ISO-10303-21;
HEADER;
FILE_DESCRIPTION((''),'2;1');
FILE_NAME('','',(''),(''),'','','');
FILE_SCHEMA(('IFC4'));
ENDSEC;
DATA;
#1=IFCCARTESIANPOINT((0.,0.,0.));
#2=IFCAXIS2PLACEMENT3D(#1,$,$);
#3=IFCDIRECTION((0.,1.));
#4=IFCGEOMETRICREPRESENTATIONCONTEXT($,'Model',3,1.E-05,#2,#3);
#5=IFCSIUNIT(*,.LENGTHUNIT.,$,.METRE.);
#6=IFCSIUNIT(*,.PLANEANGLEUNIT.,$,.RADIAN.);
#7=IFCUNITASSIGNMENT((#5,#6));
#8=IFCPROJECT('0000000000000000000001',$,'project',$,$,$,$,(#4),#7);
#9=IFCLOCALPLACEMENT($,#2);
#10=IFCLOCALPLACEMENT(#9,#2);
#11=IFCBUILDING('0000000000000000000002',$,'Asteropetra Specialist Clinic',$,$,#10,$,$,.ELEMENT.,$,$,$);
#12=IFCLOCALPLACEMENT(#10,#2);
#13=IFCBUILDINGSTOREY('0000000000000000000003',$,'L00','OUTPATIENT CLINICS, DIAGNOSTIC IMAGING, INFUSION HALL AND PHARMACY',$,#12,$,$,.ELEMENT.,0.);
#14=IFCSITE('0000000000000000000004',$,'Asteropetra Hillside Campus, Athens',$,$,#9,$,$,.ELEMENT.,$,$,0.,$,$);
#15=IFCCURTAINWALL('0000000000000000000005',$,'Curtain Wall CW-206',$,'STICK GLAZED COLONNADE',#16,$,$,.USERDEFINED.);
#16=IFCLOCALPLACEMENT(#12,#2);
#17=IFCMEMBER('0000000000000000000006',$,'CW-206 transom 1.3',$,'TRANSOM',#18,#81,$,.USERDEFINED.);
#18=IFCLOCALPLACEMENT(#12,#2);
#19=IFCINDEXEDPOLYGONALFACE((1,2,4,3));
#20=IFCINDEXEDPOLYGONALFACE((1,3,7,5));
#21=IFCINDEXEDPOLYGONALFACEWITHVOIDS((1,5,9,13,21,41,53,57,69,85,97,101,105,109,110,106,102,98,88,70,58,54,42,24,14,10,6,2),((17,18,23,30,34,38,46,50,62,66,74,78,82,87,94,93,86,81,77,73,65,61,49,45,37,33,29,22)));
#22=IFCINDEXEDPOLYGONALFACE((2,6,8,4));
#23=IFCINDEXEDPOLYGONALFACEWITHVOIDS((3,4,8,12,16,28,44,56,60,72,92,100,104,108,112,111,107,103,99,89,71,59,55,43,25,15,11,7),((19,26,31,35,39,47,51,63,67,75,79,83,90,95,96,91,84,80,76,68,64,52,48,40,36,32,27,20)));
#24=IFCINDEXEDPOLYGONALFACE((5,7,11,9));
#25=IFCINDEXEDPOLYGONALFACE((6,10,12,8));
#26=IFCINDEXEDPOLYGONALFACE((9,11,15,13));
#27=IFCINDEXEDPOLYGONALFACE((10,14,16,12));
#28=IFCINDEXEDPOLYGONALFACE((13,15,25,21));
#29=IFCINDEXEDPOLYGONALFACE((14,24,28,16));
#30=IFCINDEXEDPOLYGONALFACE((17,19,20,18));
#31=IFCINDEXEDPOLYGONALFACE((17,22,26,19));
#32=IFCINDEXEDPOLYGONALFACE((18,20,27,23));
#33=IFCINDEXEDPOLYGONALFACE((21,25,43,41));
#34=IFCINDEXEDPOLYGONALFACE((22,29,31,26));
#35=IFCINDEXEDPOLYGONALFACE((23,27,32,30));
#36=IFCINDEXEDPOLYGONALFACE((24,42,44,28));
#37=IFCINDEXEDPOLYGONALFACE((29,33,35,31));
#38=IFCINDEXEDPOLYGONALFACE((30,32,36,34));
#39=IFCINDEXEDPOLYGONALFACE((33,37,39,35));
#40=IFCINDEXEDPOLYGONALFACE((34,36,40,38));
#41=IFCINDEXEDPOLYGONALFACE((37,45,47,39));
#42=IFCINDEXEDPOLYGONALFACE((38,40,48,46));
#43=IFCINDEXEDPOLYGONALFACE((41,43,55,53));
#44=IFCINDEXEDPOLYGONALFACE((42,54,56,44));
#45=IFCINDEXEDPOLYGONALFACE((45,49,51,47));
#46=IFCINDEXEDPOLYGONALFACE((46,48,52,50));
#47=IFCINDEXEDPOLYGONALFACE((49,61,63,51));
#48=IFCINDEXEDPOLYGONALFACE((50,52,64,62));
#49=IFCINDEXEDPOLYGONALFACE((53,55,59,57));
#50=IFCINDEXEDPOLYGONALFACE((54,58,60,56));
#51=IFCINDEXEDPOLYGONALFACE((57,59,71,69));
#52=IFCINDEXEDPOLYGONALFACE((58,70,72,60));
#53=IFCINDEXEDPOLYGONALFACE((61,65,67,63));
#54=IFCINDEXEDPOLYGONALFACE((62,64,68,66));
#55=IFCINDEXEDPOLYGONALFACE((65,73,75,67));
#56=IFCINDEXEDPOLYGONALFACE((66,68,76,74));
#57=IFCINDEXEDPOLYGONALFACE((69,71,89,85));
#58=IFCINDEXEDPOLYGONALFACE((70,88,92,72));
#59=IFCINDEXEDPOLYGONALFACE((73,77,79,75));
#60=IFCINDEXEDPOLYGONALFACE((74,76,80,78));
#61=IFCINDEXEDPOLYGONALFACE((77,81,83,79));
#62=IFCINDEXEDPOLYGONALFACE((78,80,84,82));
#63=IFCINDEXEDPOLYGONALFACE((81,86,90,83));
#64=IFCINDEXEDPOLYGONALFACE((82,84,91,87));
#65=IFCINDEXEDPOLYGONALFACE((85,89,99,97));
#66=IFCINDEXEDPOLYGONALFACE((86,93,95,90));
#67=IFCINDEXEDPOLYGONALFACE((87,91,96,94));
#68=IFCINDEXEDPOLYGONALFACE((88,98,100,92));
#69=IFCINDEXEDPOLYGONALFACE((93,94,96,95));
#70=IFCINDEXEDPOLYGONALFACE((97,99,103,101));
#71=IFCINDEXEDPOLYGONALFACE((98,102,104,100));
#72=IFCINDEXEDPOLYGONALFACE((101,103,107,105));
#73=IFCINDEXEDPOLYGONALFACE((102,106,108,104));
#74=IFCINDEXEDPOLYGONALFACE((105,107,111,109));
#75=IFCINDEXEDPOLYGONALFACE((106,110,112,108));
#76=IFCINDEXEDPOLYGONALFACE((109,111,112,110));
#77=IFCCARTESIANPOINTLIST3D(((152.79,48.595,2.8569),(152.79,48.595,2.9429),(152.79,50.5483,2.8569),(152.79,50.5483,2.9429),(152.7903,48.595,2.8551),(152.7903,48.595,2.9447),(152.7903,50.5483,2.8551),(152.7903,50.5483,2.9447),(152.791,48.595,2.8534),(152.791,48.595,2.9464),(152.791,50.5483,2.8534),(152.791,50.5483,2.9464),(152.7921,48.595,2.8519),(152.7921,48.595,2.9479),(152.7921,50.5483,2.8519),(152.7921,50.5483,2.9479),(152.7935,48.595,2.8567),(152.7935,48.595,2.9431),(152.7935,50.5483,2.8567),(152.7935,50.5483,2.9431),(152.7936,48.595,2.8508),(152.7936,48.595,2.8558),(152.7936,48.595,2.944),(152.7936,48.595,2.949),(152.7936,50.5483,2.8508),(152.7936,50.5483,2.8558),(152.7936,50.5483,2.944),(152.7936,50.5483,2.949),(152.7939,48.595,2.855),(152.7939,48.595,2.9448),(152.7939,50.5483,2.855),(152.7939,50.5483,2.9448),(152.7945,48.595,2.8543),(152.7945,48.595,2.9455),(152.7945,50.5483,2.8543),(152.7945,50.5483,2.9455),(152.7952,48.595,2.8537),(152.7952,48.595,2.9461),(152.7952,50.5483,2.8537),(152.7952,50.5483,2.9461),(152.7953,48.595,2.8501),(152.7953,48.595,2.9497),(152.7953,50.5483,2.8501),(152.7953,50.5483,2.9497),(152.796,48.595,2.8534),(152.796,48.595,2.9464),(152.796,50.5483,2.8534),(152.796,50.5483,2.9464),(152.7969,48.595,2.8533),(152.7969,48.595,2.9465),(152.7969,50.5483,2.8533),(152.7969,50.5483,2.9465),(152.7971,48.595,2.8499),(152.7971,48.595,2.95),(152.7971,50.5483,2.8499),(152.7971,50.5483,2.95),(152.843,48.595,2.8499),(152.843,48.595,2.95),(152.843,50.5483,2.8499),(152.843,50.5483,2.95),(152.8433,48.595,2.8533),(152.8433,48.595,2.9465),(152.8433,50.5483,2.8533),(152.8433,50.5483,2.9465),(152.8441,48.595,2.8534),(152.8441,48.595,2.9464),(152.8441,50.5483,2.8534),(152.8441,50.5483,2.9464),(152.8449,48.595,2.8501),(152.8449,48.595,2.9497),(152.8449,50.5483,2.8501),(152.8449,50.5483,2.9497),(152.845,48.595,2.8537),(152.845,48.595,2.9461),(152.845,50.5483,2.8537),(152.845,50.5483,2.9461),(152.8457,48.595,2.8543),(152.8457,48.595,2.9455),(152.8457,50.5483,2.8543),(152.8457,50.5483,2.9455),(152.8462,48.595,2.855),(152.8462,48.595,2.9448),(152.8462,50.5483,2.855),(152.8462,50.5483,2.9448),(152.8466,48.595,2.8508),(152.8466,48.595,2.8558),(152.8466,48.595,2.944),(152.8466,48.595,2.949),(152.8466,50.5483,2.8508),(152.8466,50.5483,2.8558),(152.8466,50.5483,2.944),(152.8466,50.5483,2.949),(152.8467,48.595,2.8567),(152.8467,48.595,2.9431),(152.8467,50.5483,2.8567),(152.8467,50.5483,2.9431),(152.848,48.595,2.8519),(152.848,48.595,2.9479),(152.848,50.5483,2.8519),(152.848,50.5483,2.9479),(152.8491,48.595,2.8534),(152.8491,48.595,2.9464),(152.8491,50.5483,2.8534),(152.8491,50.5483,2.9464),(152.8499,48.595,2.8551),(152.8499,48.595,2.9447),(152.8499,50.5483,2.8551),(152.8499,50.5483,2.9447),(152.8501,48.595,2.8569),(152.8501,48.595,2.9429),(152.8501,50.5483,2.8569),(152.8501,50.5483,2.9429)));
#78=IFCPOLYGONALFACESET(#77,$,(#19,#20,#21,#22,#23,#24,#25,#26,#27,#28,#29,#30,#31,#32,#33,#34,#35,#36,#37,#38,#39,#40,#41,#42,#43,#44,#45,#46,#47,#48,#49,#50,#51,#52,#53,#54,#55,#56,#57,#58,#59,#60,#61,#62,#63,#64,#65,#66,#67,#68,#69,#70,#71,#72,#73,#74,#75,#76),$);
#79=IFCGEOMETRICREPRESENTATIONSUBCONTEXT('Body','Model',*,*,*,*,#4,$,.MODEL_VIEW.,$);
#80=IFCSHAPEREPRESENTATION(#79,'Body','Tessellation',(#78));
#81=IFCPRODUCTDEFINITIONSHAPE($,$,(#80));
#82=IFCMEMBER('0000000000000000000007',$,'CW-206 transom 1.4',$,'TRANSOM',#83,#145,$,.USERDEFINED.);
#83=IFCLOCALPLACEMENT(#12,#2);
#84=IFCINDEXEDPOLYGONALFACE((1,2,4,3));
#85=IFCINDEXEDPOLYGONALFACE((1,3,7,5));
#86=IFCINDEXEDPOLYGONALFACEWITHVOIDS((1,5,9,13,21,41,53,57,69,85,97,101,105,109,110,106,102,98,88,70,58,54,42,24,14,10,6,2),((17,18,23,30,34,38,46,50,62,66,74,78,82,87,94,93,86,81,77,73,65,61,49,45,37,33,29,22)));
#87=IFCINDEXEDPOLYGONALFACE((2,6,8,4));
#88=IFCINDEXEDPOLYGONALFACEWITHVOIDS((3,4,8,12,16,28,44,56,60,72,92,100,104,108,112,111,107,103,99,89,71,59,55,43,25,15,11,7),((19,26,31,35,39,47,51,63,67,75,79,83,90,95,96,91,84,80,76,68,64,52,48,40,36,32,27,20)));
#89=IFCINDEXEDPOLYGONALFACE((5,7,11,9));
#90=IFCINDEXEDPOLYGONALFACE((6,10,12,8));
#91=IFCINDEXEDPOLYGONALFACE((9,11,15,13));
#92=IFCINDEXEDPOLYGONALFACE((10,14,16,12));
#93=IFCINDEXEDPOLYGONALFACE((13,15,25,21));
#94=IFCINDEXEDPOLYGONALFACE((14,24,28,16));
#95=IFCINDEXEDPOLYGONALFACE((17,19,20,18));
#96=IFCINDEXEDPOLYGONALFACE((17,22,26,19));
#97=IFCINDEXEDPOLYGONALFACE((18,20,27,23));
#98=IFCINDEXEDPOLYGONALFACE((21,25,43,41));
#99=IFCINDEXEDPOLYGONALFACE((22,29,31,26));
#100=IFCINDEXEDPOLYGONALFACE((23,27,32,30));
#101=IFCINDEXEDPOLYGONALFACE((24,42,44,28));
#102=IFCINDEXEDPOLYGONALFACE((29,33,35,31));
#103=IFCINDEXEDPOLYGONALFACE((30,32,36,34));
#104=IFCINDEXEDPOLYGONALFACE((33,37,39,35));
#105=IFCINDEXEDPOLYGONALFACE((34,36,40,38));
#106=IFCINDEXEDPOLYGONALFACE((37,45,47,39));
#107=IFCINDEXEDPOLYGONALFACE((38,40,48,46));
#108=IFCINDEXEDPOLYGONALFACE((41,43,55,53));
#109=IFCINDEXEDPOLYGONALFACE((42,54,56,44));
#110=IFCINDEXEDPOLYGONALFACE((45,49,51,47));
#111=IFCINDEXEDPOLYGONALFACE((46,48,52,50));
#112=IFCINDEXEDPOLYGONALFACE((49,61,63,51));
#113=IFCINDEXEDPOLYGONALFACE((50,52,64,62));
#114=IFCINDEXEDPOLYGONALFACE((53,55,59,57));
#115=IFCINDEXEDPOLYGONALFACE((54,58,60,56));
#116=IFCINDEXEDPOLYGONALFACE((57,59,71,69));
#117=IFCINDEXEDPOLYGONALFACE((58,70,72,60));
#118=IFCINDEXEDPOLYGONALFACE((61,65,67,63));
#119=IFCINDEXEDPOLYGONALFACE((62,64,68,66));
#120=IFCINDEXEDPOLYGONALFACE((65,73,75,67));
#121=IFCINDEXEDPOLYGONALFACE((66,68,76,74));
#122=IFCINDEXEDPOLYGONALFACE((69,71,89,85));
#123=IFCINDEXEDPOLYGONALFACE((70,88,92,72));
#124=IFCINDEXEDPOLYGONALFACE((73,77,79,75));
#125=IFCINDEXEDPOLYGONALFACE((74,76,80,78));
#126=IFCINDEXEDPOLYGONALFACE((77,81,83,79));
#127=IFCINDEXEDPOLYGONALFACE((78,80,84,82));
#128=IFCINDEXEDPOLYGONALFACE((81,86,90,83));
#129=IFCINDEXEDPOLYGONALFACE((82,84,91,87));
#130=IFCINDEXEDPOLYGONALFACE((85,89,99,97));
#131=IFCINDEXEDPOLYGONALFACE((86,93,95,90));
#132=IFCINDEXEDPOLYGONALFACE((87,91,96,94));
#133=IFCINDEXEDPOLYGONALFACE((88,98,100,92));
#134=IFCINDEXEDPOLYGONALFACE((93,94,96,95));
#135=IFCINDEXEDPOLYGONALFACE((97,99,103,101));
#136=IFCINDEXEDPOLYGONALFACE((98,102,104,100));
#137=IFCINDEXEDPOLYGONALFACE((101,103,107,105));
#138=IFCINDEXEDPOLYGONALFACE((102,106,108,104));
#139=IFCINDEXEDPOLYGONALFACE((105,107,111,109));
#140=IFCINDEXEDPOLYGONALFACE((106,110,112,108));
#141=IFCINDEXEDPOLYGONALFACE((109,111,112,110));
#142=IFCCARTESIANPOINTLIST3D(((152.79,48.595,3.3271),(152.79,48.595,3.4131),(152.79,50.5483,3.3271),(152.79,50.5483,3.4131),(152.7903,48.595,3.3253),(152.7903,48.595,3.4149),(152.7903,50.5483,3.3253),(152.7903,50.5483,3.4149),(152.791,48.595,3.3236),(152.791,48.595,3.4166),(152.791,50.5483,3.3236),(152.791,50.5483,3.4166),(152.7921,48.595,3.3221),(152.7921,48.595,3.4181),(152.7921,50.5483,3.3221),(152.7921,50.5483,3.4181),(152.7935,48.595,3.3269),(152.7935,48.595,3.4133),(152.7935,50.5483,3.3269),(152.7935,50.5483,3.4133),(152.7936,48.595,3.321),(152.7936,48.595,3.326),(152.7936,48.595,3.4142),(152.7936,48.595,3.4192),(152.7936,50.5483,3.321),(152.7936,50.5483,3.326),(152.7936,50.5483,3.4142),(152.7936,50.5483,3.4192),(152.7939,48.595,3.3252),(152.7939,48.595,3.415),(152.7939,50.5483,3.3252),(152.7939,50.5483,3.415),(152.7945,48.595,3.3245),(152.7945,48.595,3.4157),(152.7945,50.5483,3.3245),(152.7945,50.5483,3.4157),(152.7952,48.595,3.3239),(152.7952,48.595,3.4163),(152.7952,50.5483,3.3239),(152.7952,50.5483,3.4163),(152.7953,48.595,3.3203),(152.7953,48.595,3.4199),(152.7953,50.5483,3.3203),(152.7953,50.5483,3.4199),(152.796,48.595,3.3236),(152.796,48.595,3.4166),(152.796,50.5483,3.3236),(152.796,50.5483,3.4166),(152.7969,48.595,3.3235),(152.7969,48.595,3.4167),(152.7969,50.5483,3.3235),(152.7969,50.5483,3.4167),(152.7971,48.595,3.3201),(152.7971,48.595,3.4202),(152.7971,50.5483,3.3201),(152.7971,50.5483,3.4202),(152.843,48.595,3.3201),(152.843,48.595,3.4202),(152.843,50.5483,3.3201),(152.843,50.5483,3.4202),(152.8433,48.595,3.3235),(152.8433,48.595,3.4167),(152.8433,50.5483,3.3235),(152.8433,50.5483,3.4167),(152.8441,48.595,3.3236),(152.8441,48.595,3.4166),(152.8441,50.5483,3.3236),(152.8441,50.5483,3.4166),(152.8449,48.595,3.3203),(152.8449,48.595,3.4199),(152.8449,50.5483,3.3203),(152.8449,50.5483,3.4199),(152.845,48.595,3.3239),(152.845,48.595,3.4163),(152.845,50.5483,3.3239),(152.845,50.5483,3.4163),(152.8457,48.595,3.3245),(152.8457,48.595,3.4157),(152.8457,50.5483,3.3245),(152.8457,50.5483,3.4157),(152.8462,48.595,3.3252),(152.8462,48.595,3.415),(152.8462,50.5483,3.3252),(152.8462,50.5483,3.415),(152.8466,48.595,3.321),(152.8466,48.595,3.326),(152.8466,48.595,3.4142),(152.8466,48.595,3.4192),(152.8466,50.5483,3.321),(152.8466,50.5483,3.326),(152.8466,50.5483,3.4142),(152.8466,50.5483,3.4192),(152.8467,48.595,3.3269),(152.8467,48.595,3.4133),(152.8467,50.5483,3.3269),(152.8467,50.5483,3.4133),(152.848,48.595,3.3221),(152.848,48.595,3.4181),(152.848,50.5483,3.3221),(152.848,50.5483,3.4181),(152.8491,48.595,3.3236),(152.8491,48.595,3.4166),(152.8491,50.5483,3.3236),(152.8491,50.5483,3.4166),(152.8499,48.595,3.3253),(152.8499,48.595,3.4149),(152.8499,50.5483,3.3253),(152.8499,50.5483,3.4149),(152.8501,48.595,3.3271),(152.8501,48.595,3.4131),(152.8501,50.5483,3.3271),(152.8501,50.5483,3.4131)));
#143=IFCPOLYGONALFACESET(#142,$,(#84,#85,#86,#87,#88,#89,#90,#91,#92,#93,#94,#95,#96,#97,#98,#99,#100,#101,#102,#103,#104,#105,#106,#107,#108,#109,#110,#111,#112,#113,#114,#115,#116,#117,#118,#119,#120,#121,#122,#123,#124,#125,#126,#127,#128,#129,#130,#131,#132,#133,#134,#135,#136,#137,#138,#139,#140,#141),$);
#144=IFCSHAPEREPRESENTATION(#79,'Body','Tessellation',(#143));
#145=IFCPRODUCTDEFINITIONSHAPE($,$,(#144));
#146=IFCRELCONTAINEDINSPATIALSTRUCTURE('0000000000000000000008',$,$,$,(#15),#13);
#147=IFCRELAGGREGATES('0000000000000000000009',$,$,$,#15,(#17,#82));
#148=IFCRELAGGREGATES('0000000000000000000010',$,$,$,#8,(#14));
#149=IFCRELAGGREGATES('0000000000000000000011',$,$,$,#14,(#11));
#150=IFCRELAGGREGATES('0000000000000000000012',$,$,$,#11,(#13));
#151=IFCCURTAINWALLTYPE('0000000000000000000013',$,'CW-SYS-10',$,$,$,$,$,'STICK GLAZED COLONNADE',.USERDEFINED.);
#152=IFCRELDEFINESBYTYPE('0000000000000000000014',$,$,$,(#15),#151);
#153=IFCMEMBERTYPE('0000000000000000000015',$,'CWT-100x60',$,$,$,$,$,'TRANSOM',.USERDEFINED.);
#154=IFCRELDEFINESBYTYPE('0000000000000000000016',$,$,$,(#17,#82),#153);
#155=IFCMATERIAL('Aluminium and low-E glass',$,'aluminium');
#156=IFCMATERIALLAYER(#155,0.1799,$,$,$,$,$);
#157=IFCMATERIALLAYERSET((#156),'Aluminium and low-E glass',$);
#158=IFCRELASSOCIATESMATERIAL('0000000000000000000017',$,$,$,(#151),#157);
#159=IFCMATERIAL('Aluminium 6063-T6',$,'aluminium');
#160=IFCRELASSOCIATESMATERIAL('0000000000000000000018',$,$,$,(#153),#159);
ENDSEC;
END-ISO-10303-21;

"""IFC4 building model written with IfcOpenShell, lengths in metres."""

from ifc_helpers import new_model, si_unit, direction, frame, origin, origin_2d, place, context, subcontext, project, spatial, hollow_rectangle, extrude, material, layer, layer_set, material_profile, profile_set, type_object, element, aggregate, save


model = new_model("IFC4")

# Units and contexts
model_context = context("Model", 3, precision=1e-05, world=origin(), true_north=direction((0.0, 1.0)))
body_context = subcontext(model_context, "Body", "Model", "MODEL_VIEW")
ifc_project = project(units=[si_unit("LENGTHUNIT", "METRE"), si_unit("PLANEANGLEUNIT", "RADIAN")], contexts=[model_context])

# Site, building, storey
site_placement = place(None, origin())
site = spatial("IfcSite", under=ifc_project, at=site_placement, Name="Asteropetra Hillside Campus, Athens", CompositionType="ELEMENT", RefElevation=0.0)
building_placement = place(site_placement, origin())
building = spatial("IfcBuilding", under=site, at=building_placement, Name="Asteropetra Specialist Clinic", CompositionType="ELEMENT")
storey_placement = place(building_placement, origin())
storey = spatial("IfcBuildingStorey", under=building, at=storey_placement, Name="L00", Description="OUTPATIENT CLINICS, DIAGNOSTIC IMAGING, INFUSION HALL AND PHARMACY", CompositionType="ELEMENT", Elevation=0.0)

# Curtain wall
ifc_material_1 = material(Name="Aluminium and low-E glass", Category="aluminium")
ifc_layer_1 = layer(ifc_material_1, 0.1799)
ifc_layer_set_1 = layer_set([ifc_layer_1], Name="Aluminium and low-E glass")
curtain_wall_type = type_object("IfcCurtainWallType", Name="CW-SYS-10", ElementType="STICK GLAZED COLONNADE", PredefinedType="USERDEFINED", material=ifc_layer_set_1)
curtain_wall_1_placement = place(storey_placement, origin())
curtain_wall_1 = element("IfcCurtainWall", 1, at=curtain_wall_1_placement, inside=storey, type_object=curtain_wall_type, Name="Curtain Wall CW-206", ObjectType="STICK GLAZED COLONNADE", PredefinedType="USERDEFINED")

# Members
ifc_material_2 = material(Name="Aluminium 6063-T6", Category="aluminium")
ifc_material_profile_1 = material_profile(ifc_material_2, hollow_rectangle(XDim=0.0601, YDim=0.1001, WallThickness=0.0034, InnerFilletRadius=0.0034, OuterFilletRadius=0.0071, at=origin_2d()), Name="TRN 100x60x3.5")
ifc_profile_set_1 = profile_set([ifc_material_profile_1], Name="Aluminium 6063-T6")
member_type_1 = type_object("IfcMemberType", Name="CWT-100x60", ElementType="TRANSOM", PredefinedType="USERDEFINED", material=ifc_profile_set_1)
member_1_placement = place(storey_placement, frame((152.8201, 48.595, 2.8999), z_axis=(0.0, 1.0, 0.0), x_axis=(-1.0, 0.0, 0.0)))
member_1 = element("IfcMember", 2, at=member_1_placement, type_object=member_type_1, Name="CW-206 transom 1.3", ObjectType="TRANSOM", PredefinedType="USERDEFINED", context=body_context, shape_type="SweptSolid", body=[
    extrude(hollow_rectangle(XDim=0.0601, YDim=0.1001, WallThickness=0.0034, InnerFilletRadius=0.0034, OuterFilletRadius=0.0071, at=origin_2d()), origin(), (0.0, 0.0, 1.0), 1.9534),
])
member_2_placement = place(storey_placement, frame((152.8201, 48.595, 3.3701), z_axis=(0.0, 1.0, 0.0), x_axis=(-1.0, 0.0, 0.0)))
member_2 = element("IfcMember", 3, at=member_2_placement, type_object=member_type_1, Name="CW-206 transom 1.4", ObjectType="TRANSOM", PredefinedType="USERDEFINED", context=body_context, shape_type="SweptSolid", body=[
    extrude(hollow_rectangle(XDim=0.0601, YDim=0.1001, WallThickness=0.0034, InnerFilletRadius=0.0034, OuterFilletRadius=0.0071, at=origin_2d()), origin(), (0.0, 0.0, 1.0), 1.9534),
])

aggregate(curtain_wall_1, [member_1, member_2])

save(model, "model.ifc")
